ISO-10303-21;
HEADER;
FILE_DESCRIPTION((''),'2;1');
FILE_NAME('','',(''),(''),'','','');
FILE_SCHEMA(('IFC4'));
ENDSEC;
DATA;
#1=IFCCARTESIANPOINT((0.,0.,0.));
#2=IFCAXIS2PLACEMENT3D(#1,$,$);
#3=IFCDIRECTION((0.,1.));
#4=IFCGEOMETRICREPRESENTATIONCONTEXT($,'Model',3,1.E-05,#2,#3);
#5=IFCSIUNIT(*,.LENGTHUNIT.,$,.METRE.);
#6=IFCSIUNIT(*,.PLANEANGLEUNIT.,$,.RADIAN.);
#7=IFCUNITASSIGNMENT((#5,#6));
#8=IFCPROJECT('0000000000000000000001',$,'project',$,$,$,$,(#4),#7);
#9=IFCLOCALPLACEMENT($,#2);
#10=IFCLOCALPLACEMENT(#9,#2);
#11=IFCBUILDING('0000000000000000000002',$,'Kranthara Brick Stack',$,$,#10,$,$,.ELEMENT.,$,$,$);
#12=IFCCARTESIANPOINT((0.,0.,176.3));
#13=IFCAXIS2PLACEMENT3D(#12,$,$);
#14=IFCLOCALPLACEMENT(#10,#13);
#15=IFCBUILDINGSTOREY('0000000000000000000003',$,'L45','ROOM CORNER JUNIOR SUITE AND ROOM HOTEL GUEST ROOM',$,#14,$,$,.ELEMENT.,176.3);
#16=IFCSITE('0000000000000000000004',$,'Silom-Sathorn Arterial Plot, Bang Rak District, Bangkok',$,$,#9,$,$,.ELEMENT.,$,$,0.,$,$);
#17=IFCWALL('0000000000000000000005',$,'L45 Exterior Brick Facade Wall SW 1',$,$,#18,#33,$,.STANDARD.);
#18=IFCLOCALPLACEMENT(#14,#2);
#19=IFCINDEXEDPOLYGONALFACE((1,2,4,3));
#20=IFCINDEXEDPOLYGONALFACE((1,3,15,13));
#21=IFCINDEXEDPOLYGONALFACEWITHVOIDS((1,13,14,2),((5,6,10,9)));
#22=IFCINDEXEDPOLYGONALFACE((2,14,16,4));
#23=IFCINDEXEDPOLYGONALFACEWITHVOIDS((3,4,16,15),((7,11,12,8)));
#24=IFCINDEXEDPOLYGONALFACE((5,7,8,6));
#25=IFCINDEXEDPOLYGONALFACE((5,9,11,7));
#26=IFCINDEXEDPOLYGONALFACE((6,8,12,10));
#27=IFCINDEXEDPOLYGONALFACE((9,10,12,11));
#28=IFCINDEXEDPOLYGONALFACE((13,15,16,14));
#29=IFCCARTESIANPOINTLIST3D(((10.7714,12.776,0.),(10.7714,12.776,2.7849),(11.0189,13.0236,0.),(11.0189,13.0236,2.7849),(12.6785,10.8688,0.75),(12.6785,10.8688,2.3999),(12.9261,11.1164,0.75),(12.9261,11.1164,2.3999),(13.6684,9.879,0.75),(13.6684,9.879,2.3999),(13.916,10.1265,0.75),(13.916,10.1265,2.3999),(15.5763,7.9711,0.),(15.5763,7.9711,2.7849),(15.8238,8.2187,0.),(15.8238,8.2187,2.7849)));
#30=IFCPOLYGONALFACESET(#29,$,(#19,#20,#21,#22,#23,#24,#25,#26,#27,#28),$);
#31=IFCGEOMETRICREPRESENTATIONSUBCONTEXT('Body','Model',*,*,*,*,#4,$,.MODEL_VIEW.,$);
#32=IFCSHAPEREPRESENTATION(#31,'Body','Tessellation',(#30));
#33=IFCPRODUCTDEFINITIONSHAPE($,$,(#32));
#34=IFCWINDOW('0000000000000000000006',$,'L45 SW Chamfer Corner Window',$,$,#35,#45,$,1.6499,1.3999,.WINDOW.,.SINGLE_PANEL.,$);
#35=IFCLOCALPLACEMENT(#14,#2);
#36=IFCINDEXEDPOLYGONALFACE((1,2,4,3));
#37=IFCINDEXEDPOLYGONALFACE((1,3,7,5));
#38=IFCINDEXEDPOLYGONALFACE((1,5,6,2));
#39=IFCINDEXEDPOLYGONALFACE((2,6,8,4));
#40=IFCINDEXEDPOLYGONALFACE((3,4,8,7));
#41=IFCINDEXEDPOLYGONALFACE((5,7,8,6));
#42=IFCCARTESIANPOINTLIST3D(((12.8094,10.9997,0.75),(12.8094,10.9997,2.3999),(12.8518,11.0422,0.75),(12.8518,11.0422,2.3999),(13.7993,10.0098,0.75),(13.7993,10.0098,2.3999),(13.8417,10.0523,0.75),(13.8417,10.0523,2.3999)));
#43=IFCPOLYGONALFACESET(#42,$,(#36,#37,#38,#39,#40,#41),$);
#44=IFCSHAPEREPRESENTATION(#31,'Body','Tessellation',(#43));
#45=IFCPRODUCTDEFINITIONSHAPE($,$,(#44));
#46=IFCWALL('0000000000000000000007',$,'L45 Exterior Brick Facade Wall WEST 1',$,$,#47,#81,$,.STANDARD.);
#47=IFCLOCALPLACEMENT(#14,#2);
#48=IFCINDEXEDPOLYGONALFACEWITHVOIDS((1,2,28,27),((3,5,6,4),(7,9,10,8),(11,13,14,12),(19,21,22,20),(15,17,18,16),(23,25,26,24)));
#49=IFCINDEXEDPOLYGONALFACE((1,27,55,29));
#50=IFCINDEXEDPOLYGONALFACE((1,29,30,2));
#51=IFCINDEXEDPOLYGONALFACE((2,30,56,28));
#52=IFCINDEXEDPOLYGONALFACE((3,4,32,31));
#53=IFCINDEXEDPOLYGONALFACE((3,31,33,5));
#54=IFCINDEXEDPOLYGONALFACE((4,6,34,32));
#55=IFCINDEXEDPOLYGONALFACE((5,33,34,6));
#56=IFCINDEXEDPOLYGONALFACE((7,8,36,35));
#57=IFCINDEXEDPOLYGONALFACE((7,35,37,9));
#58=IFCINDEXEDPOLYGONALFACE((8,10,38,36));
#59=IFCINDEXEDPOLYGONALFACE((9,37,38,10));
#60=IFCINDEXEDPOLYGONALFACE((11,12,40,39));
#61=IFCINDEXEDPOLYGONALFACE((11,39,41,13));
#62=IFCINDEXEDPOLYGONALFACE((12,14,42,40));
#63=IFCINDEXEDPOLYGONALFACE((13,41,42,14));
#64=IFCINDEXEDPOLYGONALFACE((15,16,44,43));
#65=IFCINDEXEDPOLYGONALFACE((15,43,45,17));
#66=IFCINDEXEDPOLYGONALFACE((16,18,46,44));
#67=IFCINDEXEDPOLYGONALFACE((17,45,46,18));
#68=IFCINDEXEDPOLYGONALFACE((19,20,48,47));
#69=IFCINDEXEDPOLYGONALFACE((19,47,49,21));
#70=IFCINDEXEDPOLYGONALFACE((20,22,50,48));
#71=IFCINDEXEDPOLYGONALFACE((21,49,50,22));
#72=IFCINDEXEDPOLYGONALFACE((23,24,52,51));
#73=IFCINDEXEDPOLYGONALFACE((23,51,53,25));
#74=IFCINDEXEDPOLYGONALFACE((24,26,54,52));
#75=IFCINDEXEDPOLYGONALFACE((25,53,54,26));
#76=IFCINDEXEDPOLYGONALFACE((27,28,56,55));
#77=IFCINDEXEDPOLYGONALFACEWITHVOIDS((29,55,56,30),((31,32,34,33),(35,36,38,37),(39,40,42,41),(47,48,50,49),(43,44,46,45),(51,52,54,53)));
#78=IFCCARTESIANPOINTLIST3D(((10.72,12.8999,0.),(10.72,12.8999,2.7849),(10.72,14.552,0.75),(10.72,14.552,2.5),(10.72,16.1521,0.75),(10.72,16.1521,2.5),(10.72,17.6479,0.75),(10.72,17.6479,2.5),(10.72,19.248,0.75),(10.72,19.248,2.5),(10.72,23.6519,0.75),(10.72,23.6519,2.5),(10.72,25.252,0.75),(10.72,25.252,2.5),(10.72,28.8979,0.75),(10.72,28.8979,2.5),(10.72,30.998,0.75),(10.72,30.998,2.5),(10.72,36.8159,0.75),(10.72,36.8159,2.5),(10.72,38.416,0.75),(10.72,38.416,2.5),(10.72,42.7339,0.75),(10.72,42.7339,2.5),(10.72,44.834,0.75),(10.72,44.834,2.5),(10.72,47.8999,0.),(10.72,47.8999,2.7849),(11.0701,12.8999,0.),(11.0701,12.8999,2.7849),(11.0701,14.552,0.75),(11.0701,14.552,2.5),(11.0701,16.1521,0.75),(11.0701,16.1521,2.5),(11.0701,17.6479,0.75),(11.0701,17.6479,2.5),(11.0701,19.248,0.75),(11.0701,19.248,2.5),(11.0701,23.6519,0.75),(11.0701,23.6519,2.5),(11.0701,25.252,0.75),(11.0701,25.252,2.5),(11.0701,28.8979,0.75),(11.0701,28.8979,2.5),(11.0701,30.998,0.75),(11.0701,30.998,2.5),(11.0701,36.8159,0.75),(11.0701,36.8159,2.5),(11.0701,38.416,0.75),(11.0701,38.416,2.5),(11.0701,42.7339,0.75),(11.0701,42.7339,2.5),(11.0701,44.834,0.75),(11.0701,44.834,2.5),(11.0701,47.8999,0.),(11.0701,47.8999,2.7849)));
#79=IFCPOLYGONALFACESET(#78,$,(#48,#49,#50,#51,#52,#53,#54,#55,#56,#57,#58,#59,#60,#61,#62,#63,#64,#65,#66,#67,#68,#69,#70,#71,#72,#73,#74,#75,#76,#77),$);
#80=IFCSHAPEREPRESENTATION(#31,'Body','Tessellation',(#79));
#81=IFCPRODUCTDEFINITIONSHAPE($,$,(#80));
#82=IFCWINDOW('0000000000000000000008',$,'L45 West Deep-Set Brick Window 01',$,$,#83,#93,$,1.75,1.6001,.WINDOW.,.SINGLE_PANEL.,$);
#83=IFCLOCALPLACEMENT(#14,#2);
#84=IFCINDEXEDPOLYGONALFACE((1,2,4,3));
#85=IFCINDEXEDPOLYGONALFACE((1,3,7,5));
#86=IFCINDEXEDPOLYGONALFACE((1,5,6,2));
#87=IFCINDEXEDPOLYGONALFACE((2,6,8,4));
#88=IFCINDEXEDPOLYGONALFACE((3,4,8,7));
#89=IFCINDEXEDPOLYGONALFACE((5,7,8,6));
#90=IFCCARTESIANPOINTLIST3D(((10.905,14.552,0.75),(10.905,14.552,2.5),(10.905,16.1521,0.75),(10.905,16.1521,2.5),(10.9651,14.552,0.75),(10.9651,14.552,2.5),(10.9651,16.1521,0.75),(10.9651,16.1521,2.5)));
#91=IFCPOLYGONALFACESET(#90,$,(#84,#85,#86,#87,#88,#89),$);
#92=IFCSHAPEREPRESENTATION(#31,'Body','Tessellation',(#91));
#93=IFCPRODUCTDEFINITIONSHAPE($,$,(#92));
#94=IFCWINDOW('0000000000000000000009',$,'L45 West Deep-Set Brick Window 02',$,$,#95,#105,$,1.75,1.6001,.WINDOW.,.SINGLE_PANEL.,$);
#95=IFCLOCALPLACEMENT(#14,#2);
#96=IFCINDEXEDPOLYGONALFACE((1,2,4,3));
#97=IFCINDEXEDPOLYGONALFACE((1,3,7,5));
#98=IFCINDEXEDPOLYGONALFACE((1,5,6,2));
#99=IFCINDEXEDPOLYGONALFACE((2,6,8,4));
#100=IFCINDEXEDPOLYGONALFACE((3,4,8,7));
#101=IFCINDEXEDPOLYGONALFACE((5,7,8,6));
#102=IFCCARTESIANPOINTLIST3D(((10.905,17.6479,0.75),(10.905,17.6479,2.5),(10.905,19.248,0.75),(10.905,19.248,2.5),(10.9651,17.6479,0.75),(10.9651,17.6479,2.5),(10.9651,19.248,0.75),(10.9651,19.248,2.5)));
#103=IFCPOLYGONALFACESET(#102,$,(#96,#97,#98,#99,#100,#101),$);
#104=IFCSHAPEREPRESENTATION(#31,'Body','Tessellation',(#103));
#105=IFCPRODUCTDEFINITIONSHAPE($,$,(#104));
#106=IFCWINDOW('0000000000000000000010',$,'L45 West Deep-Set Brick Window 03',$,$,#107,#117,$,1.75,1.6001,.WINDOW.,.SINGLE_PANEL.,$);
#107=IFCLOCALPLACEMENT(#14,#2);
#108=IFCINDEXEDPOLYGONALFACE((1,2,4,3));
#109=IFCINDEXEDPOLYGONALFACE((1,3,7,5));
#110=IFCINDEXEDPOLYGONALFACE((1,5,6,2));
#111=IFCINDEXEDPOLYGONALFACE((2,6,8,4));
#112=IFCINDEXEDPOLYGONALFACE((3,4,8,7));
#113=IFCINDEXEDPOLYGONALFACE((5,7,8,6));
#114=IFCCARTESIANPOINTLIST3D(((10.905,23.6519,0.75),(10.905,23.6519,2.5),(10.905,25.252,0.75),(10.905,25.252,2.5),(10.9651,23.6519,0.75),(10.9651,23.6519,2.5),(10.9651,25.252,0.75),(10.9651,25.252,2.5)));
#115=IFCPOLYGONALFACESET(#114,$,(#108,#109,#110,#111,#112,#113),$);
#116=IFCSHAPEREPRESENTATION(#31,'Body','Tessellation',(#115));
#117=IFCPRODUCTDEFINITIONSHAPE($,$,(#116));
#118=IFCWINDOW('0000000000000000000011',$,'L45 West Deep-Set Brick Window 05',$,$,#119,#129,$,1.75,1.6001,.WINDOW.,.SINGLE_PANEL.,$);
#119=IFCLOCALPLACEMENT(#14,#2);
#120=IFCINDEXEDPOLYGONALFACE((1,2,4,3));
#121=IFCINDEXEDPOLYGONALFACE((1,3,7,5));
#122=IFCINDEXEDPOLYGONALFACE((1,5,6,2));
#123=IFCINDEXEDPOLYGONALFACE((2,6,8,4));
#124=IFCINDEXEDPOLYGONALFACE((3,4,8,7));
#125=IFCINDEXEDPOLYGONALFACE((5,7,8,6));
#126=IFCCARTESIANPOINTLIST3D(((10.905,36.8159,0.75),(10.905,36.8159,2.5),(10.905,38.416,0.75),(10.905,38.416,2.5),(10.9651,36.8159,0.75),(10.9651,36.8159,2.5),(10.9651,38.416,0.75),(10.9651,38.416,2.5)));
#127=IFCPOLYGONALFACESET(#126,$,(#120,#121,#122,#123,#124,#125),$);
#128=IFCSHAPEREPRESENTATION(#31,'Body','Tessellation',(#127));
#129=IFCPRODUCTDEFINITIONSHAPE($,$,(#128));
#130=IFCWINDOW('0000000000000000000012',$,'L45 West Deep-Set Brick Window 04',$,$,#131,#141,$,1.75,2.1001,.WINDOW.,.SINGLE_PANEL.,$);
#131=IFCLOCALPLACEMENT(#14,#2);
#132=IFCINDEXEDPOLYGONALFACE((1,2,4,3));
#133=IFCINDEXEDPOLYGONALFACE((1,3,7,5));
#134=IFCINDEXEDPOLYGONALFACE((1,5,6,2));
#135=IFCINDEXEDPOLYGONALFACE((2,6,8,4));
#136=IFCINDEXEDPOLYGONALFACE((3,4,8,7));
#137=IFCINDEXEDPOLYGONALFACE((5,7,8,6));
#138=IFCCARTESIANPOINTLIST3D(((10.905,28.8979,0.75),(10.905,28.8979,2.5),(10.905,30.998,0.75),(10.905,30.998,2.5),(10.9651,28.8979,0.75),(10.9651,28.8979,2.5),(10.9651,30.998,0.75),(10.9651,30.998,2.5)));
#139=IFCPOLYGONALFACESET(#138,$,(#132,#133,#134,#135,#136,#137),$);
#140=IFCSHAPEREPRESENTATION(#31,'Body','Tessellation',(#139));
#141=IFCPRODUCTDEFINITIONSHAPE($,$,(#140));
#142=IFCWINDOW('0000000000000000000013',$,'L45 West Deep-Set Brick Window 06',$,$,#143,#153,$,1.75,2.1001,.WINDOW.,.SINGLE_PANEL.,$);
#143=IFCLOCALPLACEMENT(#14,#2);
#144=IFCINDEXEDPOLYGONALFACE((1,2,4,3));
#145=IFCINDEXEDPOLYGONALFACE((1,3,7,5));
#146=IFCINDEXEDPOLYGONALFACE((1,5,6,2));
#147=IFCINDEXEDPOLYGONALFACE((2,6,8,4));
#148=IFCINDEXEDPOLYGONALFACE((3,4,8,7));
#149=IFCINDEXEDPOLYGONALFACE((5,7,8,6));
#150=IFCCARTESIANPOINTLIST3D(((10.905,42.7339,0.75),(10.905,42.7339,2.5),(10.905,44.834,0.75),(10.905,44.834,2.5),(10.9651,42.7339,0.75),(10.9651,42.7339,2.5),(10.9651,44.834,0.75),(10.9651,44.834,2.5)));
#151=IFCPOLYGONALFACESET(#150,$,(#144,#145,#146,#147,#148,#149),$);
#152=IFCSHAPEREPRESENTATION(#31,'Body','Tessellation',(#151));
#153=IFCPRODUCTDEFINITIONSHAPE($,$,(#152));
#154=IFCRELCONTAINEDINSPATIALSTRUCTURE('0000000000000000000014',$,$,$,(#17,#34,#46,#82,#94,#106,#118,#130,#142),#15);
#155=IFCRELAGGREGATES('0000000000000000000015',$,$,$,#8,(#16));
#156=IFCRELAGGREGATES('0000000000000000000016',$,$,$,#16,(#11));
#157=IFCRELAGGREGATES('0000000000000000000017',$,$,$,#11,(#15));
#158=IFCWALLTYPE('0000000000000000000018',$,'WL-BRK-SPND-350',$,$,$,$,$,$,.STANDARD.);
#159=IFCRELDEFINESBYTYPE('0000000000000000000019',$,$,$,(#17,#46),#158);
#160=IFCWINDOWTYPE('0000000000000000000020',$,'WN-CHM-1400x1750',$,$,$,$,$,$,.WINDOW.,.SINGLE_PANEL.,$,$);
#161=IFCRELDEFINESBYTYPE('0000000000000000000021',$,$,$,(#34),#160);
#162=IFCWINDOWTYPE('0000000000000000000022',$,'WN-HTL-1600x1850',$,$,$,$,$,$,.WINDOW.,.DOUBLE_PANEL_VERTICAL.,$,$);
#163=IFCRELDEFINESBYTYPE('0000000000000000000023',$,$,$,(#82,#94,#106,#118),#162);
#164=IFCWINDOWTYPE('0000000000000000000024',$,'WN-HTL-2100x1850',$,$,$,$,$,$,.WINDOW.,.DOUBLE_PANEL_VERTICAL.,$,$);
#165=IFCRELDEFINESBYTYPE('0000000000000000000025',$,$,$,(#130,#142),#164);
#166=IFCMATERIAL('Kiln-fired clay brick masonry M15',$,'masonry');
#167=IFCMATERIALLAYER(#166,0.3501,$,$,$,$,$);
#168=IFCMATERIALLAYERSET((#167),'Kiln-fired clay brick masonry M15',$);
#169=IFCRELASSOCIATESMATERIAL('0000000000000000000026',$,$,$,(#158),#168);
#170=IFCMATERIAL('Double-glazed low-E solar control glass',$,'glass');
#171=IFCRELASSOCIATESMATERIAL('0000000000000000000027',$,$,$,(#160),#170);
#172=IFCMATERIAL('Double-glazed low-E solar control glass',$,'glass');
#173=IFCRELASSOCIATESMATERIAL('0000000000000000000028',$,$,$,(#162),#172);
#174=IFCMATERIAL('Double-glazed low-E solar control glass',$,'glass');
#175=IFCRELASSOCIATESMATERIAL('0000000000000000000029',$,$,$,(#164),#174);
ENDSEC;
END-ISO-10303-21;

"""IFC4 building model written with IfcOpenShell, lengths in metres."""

from ifc_helpers import new_model, si_unit, direction, frame, frame_2d, origin, place, context, subcontext, project, spatial, rectangle, extrude, material, layer, layer_set, type_object, element, fill, save


model = new_model("IFC4")

# Units and contexts
model_context = context("Model", 3, precision=1e-05, world=origin(), true_north=direction((0.0, 1.0)))
body_context = subcontext(model_context, "Body", "Model", "MODEL_VIEW")
ifc_project = project(units=[si_unit("LENGTHUNIT", "METRE"), si_unit("PLANEANGLEUNIT", "RADIAN")], contexts=[model_context])

# Site, building, storey
site_placement = place(None, origin())
site = spatial("IfcSite", under=ifc_project, at=site_placement, Name="Silom-Sathorn Arterial Plot, Bang Rak District, Bangkok", CompositionType="ELEMENT", RefElevation=0.0)
building_placement = place(site_placement, origin())
building = spatial("IfcBuilding", under=site, at=building_placement, Name="Kranthara Brick Stack", CompositionType="ELEMENT")
storey_placement = place(building_placement, frame((0.0, 0.0, 176.3)))
storey = spatial("IfcBuildingStorey", under=building, at=storey_placement, Name="L45", Description="ROOM CORNER JUNIOR SUITE AND ROOM HOTEL GUEST ROOM", CompositionType="ELEMENT", Elevation=176.3)

# Wall, opening, window
ifc_material_1 = material(Name="Kiln-fired clay brick masonry M15", Category="masonry")
ifc_layer_1 = layer(ifc_material_1, 0.3501)
ifc_layer_set_1 = layer_set([ifc_layer_1], Name="Kiln-fired clay brick masonry M15")
wall_type_1 = type_object("IfcWallType", Name="WL-BRK-SPND-350", PredefinedType="STANDARD", material=ifc_layer_set_1)
wall_1_placement = place(storey_placement, frame((15.7, 8.095, 0.0), z_axis=(0.0, 0.0, 1.0), x_axis=(-0.707107, 0.707107, 0.0)))
wall_1 = element("IfcWall", 1, at=wall_1_placement, inside=storey, type_object=wall_type_1, Name="L45 Exterior Brick Facade Wall SW 1", PredefinedType="STANDARD", context=body_context, shape_type="SweptSolid", body=[
    extrude(rectangle(XDim=6.7952, YDim=0.3501, at=frame_2d((3.3975, 0.0))), origin(), (0.0, 0.0, 1.0), 2.7849),
])
opening_1_placement = place(wall_1_placement, frame((2.698, 0.0, 0.75)))
opening_1 = element("IfcOpeningElement", 2, at=opening_1_placement, cuts=wall_1, PredefinedType="OPENING", context=body_context, shape_type="SweptSolid", body=[
    extrude(rectangle(XDim=1.3999, YDim=1.6499, at=frame_2d((0.7, 0.825))), frame((0.0, 0.1851, 0.0), z_axis=(0.0, -1.0, 0.0), x_axis=(1.0, 0.0, 0.0)), (0.0, 0.0, 1.0), 0.3701),
])
ifc_material_2 = material(Name="Double-glazed low-E solar control glass", Category="glass")
window_type_1 = type_object("IfcWindowType", Name="WN-CHM-1400x1750", PartitioningType="SINGLE_PANEL", PredefinedType="WINDOW", material=ifc_material_2)
window_1_placement = place(opening_1_placement, origin())
window_1 = element("IfcWindow", 3, at=window_1_placement, inside=storey, type_object=window_type_1, Name="L45 SW Chamfer Corner Window", OverallHeight=1.6499, OverallWidth=1.3999, PartitioningType="SINGLE_PANEL", PredefinedType="WINDOW", context=body_context, shape_type="SweptSolid", body=[
    extrude(rectangle(XDim=1.3999, YDim=1.6499, at=frame_2d((0.7, 0.825))), frame((0.0, -0.01, 0.0), z_axis=(0.0, -1.0, 0.0), x_axis=(1.0, 0.0, 0.0)), (0.0, 0.0, 1.0), 0.0601),
])
fill(opening_1, window_1)

# Wall, openings, windows
wall_2_placement = place(storey_placement, frame((10.895, 12.8999, 0.0), z_axis=(0.0, 0.0, 1.0), x_axis=(0.0, 1.0, 0.0)))
wall_2 = element("IfcWall", 4, at=wall_2_placement, inside=storey, type_object=wall_type_1, Name="L45 Exterior Brick Facade Wall WEST 1", PredefinedType="STANDARD", context=body_context, shape_type="SweptSolid", body=[
    extrude(rectangle(XDim=35.0, YDim=0.3501, at=frame_2d((17.5, 0.0))), origin(), (0.0, 0.0, 1.0), 2.7849),
])
opening_2_placement = place(wall_2_placement, frame((1.6521, 0.0, 0.75)))
opening_2 = element("IfcOpeningElement", 5, at=opening_2_placement, cuts=wall_2, PredefinedType="OPENING", context=body_context, shape_type="SweptSolid", body=[
    extrude(rectangle(XDim=1.6001, YDim=1.75, at=frame_2d((0.8, 0.875))), frame((0.0, 0.1851, 0.0), z_axis=(0.0, -1.0, 0.0), x_axis=(1.0, 0.0, 0.0)), (0.0, 0.0, 1.0), 0.3701),
])
opening_3_placement = place(wall_2_placement, frame((4.748, 0.0, 0.75)))
opening_3 = element("IfcOpeningElement", 6, at=opening_3_placement, cuts=wall_2, PredefinedType="OPENING", context=body_context, shape_type="SweptSolid", body=[
    extrude(rectangle(XDim=1.6001, YDim=1.75, at=frame_2d((0.8, 0.875))), frame((0.0, 0.1851, 0.0), z_axis=(0.0, -1.0, 0.0), x_axis=(1.0, 0.0, 0.0)), (0.0, 0.0, 1.0), 0.3701),
])
opening_4_placement = place(wall_2_placement, frame((10.752, 0.0, 0.75)))
opening_4 = element("IfcOpeningElement", 7, at=opening_4_placement, cuts=wall_2, PredefinedType="OPENING", context=body_context, shape_type="SweptSolid", body=[
    extrude(rectangle(XDim=1.6001, YDim=1.75, at=frame_2d((0.8, 0.875))), frame((0.0, 0.1851, 0.0), z_axis=(0.0, -1.0, 0.0), x_axis=(1.0, 0.0, 0.0)), (0.0, 0.0, 1.0), 0.3701),
])
opening_5_placement = place(wall_2_placement, frame((15.998, 0.0, 0.75)))
opening_5 = element("IfcOpeningElement", 8, at=opening_5_placement, cuts=wall_2, PredefinedType="OPENING", context=body_context, shape_type="SweptSolid", body=[
    extrude(rectangle(XDim=2.1001, YDim=1.75, at=frame_2d((1.05, 0.875))), frame((0.0, 0.1851, 0.0), z_axis=(0.0, -1.0, 0.0), x_axis=(1.0, 0.0, 0.0)), (0.0, 0.0, 1.0), 0.3701),
])
opening_6_placement = place(wall_2_placement, frame((23.916, 0.0, 0.75)))
opening_6 = element("IfcOpeningElement", 9, at=opening_6_placement, cuts=wall_2, PredefinedType="OPENING", context=body_context, shape_type="SweptSolid", body=[
    extrude(rectangle(XDim=1.6001, YDim=1.75, at=frame_2d((0.8, 0.875))), frame((0.0, 0.1851, 0.0), z_axis=(0.0, -1.0, 0.0), x_axis=(1.0, 0.0, 0.0)), (0.0, 0.0, 1.0), 0.3701),
])
opening_7_placement = place(wall_2_placement, frame((29.834, 0.0, 0.75)))
opening_7 = element("IfcOpeningElement", 10, at=opening_7_placement, cuts=wall_2, PredefinedType="OPENING", context=body_context, shape_type="SweptSolid", body=[
    extrude(rectangle(XDim=2.1001, YDim=1.75, at=frame_2d((1.05, 0.875))), frame((0.0, 0.1851, 0.0), z_axis=(0.0, -1.0, 0.0), x_axis=(1.0, 0.0, 0.0)), (0.0, 0.0, 1.0), 0.3701),
])
ifc_material_3 = material(Name="Double-glazed low-E solar control glass", Category="glass")
window_type_2 = type_object("IfcWindowType", Name="WN-HTL-1600x1850", PartitioningType="DOUBLE_PANEL_VERTICAL", PredefinedType="WINDOW", material=ifc_material_3)
window_2_placement = place(opening_2_placement, origin())
window_2 = element("IfcWindow", 11, at=window_2_placement, inside=storey, type_object=window_type_2, Name="L45 West Deep-Set Brick Window 01", OverallHeight=1.75, OverallWidth=1.6001, PartitioningType="SINGLE_PANEL", PredefinedType="WINDOW", context=body_context, shape_type="SweptSolid", body=[
    extrude(rectangle(XDim=1.6001, YDim=1.75, at=frame_2d((0.8, 0.875))), frame((0.0, -0.01, 0.0), z_axis=(0.0, -1.0, 0.0), x_axis=(1.0, 0.0, 0.0)), (0.0, 0.0, 1.0), 0.0601),
])
fill(opening_2, window_2)
window_3_placement = place(opening_3_placement, origin())
window_3 = element("IfcWindow", 12, at=window_3_placement, inside=storey, type_object=window_type_2, Name="L45 West Deep-Set Brick Window 02", OverallHeight=1.75, OverallWidth=1.6001, PartitioningType="SINGLE_PANEL", PredefinedType="WINDOW", context=body_context, shape_type="SweptSolid", body=[
    extrude(rectangle(XDim=1.6001, YDim=1.75, at=frame_2d((0.8, 0.875))), frame((0.0, -0.01, 0.0), z_axis=(0.0, -1.0, 0.0), x_axis=(1.0, 0.0, 0.0)), (0.0, 0.0, 1.0), 0.0601),
])
fill(opening_3, window_3)
window_4_placement = place(opening_4_placement, origin())
window_4 = element("IfcWindow", 13, at=window_4_placement, inside=storey, type_object=window_type_2, Name="L45 West Deep-Set Brick Window 03", OverallHeight=1.75, OverallWidth=1.6001, PartitioningType="SINGLE_PANEL", PredefinedType="WINDOW", context=body_context, shape_type="SweptSolid", body=[
    extrude(rectangle(XDim=1.6001, YDim=1.75, at=frame_2d((0.8, 0.875))), frame((0.0, -0.01, 0.0), z_axis=(0.0, -1.0, 0.0), x_axis=(1.0, 0.0, 0.0)), (0.0, 0.0, 1.0), 0.0601),
])
fill(opening_4, window_4)
window_5_placement = place(opening_6_placement, origin())
window_5 = element("IfcWindow", 14, at=window_5_placement, inside=storey, type_object=window_type_2, Name="L45 West Deep-Set Brick Window 05", OverallHeight=1.75, OverallWidth=1.6001, PartitioningType="SINGLE_PANEL", PredefinedType="WINDOW", context=body_context, shape_type="SweptSolid", body=[
    extrude(rectangle(XDim=1.6001, YDim=1.75, at=frame_2d((0.8, 0.875))), frame((0.0, -0.01, 0.0), z_axis=(0.0, -1.0, 0.0), x_axis=(1.0, 0.0, 0.0)), (0.0, 0.0, 1.0), 0.0601),
])
fill(opening_6, window_5)
ifc_material_4 = material(Name="Double-glazed low-E solar control glass", Category="glass")
window_type_3 = type_object("IfcWindowType", Name="WN-HTL-2100x1850", PartitioningType="DOUBLE_PANEL_VERTICAL", PredefinedType="WINDOW", material=ifc_material_4)
window_6_placement = place(opening_5_placement, origin())
window_6 = element("IfcWindow", 15, at=window_6_placement, inside=storey, type_object=window_type_3, Name="L45 West Deep-Set Brick Window 04", OverallHeight=1.75, OverallWidth=2.1001, PartitioningType="SINGLE_PANEL", PredefinedType="WINDOW", context=body_context, shape_type="SweptSolid", body=[
    extrude(rectangle(XDim=2.1001, YDim=1.75, at=frame_2d((1.05, 0.875))), frame((0.0, -0.01, 0.0), z_axis=(0.0, -1.0, 0.0), x_axis=(1.0, 0.0, 0.0)), (0.0, 0.0, 1.0), 0.0601),
])
fill(opening_5, window_6)
window_7_placement = place(opening_7_placement, origin())
window_7 = element("IfcWindow", 16, at=window_7_placement, inside=storey, type_object=window_type_3, Name="L45 West Deep-Set Brick Window 06", OverallHeight=1.75, OverallWidth=2.1001, PartitioningType="SINGLE_PANEL", PredefinedType="WINDOW", context=body_context, shape_type="SweptSolid", body=[
    extrude(rectangle(XDim=2.1001, YDim=1.75, at=frame_2d((1.05, 0.875))), frame((0.0, -0.01, 0.0), z_axis=(0.0, -1.0, 0.0), x_axis=(1.0, 0.0, 0.0)), (0.0, 0.0, 1.0), 0.0601),
])
fill(opening_7, window_7)

save(model, "model.ifc")
